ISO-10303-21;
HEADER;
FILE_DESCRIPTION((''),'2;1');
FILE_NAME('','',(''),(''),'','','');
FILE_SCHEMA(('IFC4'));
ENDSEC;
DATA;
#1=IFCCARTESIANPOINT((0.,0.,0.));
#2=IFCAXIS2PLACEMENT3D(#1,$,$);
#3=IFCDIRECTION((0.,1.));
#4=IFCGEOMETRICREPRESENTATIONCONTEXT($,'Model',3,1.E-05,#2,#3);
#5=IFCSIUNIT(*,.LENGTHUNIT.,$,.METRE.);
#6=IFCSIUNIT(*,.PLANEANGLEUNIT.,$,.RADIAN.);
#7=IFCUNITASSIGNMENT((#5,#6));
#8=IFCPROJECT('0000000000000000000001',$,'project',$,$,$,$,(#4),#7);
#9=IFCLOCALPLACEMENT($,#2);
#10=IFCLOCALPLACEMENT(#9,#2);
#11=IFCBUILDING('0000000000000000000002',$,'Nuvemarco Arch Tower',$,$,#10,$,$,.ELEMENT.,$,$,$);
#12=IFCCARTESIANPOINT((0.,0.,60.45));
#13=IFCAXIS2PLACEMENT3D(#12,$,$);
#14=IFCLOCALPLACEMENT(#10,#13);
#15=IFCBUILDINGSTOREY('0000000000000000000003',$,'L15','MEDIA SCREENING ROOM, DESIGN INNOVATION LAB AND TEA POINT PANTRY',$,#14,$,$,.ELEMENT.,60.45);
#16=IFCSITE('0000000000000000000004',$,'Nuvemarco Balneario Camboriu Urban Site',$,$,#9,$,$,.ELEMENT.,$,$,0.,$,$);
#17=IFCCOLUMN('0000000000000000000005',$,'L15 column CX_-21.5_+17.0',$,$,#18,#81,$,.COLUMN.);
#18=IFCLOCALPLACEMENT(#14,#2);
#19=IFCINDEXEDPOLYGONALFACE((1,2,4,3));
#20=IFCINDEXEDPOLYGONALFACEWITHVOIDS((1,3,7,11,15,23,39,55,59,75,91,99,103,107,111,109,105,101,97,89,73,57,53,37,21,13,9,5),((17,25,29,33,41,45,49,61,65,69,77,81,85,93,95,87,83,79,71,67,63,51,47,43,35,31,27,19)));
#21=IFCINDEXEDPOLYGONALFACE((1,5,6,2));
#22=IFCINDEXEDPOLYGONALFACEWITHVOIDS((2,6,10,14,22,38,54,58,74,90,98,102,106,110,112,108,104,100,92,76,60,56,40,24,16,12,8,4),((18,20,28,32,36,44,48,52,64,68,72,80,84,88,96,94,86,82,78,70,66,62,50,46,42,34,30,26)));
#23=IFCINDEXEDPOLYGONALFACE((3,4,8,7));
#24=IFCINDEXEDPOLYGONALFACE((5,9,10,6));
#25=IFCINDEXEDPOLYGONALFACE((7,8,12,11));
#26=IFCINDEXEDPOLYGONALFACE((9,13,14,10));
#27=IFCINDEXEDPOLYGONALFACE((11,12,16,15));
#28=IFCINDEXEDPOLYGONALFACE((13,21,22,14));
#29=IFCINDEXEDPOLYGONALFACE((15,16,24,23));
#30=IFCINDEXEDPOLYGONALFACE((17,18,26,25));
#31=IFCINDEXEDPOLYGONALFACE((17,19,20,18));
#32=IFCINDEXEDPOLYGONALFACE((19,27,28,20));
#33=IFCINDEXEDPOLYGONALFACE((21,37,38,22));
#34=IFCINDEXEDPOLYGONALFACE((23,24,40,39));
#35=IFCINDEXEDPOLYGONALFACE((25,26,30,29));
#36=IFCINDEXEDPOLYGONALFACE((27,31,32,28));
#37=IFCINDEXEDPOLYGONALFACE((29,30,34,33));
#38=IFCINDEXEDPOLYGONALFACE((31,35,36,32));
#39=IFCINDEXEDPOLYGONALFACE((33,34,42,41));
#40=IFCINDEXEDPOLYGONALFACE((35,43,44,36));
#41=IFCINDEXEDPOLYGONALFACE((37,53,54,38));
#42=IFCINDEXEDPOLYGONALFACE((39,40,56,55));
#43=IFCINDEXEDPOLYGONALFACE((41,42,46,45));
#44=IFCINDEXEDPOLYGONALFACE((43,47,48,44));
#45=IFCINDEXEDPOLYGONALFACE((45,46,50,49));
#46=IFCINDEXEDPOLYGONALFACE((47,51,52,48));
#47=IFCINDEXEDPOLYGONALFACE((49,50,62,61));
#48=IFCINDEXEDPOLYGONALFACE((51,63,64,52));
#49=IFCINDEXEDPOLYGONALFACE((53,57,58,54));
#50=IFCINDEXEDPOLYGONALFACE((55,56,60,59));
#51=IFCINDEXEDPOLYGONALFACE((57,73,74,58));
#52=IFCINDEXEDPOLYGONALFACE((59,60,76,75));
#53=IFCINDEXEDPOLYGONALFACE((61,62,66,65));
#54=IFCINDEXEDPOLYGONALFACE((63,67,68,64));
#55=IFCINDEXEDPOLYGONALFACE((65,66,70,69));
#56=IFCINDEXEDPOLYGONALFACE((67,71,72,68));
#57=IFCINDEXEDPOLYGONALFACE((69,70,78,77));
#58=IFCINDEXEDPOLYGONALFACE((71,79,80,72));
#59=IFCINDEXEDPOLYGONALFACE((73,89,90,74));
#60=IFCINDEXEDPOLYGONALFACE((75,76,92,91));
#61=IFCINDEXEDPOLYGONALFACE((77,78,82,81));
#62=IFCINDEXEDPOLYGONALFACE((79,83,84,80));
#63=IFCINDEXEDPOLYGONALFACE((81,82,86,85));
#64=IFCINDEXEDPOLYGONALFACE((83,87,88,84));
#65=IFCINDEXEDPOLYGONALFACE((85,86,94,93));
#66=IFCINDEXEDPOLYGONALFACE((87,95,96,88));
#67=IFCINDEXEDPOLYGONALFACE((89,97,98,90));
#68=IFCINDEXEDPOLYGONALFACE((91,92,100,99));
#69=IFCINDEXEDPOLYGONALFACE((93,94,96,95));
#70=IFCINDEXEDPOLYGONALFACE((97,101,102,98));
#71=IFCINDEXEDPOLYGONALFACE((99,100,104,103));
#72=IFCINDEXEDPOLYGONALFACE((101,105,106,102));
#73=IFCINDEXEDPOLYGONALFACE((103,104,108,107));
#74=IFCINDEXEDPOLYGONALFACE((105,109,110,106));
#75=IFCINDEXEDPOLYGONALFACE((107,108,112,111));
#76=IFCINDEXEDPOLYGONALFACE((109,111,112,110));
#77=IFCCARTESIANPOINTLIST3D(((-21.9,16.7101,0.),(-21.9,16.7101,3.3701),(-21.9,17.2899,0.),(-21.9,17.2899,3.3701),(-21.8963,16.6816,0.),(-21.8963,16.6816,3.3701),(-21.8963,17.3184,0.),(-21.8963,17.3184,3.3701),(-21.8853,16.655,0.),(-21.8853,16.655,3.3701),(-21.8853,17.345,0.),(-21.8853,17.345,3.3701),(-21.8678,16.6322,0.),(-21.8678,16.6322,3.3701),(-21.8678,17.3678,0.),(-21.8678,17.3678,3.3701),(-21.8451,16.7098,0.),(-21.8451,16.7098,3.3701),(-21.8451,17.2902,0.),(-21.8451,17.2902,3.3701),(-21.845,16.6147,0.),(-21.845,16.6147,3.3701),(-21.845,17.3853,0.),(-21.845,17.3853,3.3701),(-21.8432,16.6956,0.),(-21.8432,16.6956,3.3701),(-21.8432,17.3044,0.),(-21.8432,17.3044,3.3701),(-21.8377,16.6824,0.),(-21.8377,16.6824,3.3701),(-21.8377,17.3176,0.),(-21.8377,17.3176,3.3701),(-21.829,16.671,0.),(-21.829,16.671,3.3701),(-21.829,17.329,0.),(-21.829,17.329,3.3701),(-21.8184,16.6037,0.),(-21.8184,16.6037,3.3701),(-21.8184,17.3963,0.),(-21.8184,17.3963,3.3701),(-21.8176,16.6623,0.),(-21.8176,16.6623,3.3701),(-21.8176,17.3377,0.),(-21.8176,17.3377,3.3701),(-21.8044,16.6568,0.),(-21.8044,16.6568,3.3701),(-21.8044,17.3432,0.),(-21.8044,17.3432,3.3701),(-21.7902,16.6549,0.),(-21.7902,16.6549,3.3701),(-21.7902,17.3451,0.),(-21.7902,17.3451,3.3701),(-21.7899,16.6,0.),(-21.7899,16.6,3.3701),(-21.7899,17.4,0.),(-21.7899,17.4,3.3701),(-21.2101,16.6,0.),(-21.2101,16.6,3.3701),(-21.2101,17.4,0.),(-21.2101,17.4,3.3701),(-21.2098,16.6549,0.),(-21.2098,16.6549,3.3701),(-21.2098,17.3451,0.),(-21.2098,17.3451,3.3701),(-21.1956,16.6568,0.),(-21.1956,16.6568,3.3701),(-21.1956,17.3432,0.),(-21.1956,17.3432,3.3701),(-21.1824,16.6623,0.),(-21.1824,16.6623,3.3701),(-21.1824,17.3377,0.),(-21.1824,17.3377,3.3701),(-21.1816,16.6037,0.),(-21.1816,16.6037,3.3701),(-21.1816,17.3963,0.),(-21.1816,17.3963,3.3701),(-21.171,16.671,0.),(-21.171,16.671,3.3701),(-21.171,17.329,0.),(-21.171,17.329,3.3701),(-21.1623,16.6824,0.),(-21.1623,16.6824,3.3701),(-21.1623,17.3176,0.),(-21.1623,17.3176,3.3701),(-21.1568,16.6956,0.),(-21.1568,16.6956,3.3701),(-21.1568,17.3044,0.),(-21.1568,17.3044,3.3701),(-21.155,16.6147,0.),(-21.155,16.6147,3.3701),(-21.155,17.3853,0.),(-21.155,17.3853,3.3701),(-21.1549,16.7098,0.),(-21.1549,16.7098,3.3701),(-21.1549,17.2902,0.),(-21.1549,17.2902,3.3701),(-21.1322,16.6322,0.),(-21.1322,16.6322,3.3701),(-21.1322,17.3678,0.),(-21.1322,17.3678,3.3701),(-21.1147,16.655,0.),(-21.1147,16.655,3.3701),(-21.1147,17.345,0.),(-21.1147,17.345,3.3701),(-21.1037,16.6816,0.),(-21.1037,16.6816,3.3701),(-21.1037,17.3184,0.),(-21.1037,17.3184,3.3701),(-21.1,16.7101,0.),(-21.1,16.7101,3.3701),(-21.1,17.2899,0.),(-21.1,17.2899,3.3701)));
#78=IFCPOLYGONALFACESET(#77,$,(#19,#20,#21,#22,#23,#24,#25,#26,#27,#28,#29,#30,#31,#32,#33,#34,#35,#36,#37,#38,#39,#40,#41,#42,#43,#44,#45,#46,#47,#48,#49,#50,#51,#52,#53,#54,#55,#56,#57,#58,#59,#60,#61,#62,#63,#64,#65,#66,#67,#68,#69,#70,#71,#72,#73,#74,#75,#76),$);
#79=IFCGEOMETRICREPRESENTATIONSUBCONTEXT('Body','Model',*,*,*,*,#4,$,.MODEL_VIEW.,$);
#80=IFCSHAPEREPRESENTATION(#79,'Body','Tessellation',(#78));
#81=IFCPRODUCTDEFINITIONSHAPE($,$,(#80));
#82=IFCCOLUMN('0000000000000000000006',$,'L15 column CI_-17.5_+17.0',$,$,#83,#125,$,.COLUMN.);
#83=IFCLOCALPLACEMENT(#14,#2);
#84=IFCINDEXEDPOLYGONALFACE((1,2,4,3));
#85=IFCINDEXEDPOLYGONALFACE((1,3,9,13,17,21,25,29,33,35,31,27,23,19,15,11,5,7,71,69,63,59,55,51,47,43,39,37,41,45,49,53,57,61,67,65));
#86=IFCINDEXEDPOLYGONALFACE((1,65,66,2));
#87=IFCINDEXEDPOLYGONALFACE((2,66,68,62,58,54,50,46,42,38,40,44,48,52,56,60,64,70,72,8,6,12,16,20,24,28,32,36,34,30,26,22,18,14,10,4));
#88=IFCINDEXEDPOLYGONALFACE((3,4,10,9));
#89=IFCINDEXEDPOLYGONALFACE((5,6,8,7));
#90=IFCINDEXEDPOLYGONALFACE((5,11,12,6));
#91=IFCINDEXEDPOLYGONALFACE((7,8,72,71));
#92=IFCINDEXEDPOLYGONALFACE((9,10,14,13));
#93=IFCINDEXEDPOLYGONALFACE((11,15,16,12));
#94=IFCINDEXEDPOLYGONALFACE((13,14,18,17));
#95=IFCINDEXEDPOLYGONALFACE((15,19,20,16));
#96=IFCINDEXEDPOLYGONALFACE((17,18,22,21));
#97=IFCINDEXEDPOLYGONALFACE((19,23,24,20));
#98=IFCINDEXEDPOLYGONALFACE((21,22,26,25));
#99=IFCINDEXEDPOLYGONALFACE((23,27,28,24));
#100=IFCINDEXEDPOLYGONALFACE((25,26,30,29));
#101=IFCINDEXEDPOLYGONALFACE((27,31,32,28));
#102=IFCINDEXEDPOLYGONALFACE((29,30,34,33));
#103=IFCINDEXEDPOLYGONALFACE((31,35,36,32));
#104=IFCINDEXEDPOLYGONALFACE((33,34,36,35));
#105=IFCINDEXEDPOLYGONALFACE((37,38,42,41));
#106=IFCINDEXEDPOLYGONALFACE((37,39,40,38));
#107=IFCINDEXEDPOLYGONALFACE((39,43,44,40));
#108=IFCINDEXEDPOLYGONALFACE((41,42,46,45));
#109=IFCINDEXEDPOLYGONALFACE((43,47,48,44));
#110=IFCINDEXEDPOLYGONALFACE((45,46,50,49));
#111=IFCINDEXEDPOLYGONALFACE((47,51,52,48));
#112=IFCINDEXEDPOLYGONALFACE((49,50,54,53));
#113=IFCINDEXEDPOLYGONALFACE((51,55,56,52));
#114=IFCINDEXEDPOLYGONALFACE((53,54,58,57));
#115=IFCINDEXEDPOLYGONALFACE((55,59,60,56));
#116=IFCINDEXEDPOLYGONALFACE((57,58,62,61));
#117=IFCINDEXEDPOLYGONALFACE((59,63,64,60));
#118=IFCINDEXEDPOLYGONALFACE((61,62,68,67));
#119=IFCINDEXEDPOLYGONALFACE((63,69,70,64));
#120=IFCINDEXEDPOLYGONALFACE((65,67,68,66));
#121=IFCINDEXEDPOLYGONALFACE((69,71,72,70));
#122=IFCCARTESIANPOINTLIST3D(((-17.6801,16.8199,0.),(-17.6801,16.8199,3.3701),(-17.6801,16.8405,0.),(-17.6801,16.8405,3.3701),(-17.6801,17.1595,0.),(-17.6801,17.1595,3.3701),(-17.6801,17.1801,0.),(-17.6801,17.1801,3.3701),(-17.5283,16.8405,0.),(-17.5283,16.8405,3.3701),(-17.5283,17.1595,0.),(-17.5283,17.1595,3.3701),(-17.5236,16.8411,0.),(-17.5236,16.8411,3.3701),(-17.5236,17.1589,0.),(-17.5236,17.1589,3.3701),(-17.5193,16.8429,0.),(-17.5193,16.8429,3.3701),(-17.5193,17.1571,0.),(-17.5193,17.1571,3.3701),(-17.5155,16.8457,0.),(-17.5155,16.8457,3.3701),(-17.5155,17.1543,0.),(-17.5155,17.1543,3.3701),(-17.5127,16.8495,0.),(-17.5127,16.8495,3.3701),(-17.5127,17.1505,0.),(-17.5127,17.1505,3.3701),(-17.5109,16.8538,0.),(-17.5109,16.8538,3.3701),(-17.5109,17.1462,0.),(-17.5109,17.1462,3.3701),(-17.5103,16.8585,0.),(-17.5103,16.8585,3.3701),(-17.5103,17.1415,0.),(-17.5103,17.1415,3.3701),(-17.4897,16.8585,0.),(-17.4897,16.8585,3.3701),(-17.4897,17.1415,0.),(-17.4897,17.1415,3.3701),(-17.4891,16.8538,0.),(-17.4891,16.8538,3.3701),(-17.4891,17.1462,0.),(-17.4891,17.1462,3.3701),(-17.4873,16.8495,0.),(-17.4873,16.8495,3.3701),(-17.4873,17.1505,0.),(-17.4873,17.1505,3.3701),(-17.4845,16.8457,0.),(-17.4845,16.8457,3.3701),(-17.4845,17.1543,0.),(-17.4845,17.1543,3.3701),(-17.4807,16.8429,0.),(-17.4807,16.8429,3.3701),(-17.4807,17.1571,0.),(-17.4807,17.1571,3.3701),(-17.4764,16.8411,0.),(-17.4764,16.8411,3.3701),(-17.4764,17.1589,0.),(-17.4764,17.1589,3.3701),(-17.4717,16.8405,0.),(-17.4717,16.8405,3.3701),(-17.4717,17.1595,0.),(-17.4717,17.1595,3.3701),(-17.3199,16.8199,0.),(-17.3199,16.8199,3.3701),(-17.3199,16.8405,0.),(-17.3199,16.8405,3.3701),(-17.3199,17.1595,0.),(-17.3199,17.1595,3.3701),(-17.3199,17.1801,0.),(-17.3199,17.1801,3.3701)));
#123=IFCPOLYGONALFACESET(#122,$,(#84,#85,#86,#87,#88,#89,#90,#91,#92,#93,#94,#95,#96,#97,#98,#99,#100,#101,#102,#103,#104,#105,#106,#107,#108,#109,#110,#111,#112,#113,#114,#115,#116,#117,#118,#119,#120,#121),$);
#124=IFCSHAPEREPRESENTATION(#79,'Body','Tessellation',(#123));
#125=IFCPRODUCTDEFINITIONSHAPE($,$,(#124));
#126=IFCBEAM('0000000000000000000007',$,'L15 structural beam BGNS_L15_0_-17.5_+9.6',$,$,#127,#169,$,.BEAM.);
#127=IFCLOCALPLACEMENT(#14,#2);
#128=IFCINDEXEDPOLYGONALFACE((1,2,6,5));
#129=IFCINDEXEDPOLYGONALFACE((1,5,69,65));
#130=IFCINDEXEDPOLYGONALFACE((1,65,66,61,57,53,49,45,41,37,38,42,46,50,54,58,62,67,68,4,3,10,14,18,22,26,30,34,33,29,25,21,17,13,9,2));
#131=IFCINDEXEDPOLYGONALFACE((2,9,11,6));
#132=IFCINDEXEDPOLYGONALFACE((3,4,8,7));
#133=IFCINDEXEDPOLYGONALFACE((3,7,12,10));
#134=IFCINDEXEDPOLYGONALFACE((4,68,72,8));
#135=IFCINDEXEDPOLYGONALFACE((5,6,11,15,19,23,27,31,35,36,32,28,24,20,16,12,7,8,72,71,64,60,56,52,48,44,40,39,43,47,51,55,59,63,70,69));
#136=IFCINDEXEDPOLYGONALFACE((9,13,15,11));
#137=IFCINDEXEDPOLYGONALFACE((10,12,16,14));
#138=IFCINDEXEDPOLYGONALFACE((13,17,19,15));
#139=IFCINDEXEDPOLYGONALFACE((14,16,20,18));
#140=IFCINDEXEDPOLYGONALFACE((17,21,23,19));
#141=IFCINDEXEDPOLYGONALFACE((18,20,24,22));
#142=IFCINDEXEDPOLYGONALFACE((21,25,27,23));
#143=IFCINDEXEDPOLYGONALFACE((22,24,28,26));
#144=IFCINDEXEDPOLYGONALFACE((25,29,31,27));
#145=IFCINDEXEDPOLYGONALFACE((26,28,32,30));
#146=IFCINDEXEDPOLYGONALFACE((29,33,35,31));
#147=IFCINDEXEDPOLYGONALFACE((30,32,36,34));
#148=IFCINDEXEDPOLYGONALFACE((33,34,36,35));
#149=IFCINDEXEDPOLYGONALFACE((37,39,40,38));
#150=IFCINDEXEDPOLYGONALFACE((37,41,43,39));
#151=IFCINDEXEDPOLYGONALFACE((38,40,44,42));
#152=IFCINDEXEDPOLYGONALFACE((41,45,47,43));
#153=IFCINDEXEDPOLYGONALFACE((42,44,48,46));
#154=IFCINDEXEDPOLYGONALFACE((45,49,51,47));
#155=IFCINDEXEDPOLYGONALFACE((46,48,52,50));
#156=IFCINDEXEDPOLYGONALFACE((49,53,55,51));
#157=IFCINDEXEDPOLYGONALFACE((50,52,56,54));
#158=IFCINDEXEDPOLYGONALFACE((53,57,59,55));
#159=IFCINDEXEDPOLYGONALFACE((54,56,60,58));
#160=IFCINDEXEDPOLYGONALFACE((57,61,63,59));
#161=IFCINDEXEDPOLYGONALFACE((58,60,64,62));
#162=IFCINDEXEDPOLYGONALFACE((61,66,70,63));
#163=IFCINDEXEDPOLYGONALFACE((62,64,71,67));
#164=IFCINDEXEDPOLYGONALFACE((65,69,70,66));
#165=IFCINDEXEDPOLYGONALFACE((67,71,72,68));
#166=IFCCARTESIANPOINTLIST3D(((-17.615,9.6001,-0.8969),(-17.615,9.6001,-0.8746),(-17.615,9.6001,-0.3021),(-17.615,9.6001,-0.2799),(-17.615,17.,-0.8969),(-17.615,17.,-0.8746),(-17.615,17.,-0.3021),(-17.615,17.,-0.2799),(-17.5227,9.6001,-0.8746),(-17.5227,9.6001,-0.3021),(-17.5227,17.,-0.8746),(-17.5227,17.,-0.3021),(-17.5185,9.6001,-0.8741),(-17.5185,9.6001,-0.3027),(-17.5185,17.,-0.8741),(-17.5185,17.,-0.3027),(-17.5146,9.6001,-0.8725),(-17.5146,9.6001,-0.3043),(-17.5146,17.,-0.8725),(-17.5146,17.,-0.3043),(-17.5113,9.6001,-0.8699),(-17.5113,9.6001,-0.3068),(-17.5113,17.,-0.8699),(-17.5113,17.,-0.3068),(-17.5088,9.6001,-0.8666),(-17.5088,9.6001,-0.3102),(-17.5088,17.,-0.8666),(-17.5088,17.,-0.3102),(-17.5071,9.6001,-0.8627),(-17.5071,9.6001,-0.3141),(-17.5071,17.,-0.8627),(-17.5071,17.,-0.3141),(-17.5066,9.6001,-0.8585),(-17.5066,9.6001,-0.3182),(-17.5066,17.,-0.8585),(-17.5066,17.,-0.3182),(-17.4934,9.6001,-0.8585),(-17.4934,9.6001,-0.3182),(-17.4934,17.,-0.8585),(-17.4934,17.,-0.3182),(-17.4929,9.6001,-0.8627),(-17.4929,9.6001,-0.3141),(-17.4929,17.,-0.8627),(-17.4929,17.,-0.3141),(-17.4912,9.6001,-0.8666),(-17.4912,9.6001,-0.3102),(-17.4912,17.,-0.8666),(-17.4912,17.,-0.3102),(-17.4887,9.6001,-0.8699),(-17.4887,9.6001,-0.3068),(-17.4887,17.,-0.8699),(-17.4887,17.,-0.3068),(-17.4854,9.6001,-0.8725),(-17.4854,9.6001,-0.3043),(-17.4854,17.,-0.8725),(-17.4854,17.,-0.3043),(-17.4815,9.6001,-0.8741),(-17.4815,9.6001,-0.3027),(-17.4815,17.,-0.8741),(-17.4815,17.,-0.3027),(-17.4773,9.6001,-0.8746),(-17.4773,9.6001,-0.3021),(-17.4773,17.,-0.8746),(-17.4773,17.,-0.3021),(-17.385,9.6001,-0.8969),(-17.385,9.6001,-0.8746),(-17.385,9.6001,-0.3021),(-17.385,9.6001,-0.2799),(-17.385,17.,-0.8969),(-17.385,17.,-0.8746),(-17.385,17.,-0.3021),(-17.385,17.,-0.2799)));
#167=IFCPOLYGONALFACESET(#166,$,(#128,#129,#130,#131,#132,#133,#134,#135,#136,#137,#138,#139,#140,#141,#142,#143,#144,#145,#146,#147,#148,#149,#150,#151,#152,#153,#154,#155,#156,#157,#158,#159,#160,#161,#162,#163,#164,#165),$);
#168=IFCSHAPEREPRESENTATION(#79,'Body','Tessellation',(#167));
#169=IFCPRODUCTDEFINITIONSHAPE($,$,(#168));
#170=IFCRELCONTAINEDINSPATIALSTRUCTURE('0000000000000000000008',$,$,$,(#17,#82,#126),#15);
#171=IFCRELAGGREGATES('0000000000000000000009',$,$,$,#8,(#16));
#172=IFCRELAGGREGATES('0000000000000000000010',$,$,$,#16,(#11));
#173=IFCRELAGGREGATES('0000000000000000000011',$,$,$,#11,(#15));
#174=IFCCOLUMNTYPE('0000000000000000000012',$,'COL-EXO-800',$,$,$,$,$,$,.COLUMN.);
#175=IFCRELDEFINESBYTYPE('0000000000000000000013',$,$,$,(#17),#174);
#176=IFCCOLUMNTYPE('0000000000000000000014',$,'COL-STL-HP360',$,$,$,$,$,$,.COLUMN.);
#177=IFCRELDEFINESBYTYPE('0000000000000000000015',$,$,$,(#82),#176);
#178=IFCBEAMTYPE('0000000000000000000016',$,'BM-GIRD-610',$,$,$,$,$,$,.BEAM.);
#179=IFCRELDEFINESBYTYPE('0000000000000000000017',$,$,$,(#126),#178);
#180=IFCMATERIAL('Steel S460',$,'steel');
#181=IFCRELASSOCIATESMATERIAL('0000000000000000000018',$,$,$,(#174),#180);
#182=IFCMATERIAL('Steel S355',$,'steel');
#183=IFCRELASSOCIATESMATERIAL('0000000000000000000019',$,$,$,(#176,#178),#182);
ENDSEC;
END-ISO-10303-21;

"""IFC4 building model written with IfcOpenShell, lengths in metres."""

from ifc_helpers import new_model, si_unit, direction, frame, origin, origin_2d, place, context, subcontext, project, spatial, hollow_rectangle, i_section, extrude, material, material_profile, profile_set, type_object, element, save


model = new_model("IFC4")

# Units and contexts
model_context = context("Model", 3, precision=1e-05, world=origin(), true_north=direction((0.0, 1.0)))
body_context = subcontext(model_context, "Body", "Model", "MODEL_VIEW")
ifc_project = project(units=[si_unit("LENGTHUNIT", "METRE"), si_unit("PLANEANGLEUNIT", "RADIAN")], contexts=[model_context])

# Site, building, storey
site_placement = place(None, origin())
site = spatial("IfcSite", under=ifc_project, at=site_placement, Name="Nuvemarco Balneario Camboriu Urban Site", CompositionType="ELEMENT", RefElevation=0.0)
building_placement = place(site_placement, origin())
building = spatial("IfcBuilding", under=site, at=building_placement, Name="Nuvemarco Arch Tower", CompositionType="ELEMENT")
storey_placement = place(building_placement, frame((0.0, 0.0, 60.45)))
storey = spatial("IfcBuildingStorey", under=building, at=storey_placement, Name="L15", Description="MEDIA SCREENING ROOM, DESIGN INNOVATION LAB AND TEA POINT PANTRY", CompositionType="ELEMENT", Elevation=60.45)

# Columns
ifc_material_1 = material(Name="Steel S460", Category="steel")
ifc_material_profile_1 = material_profile(ifc_material_1, hollow_rectangle(XDim=0.8, YDim=0.8, WallThickness=0.0549, InnerFilletRadius=0.0549, OuterFilletRadius=0.1101, at=origin_2d()), Name="SHS800x800x55")
ifc_profile_set_1 = profile_set([ifc_material_profile_1], Name="Steel S460")
column_type_1 = type_object("IfcColumnType", Name="COL-EXO-800", PredefinedType="COLUMN", material=ifc_profile_set_1)
column_1_placement = place(storey_placement, frame((-21.5, 17.0, 0.0), z_axis=(0.0, 0.0, 1.0), x_axis=(1.0, 0.0, 0.0)))
element("IfcColumn", 1, at=column_1_placement, inside=storey, type_object=column_type_1, Name="L15 column CX_-21.5_+17.0", PredefinedType="COLUMN", context=body_context, shape_type="SweptSolid", body=[
    extrude(hollow_rectangle(XDim=0.8, YDim=0.8, WallThickness=0.0549, InnerFilletRadius=0.0549, OuterFilletRadius=0.1101, at=origin_2d()), origin(), (0.0, 0.0, 1.0), 3.3701),
])
ifc_material_2 = material(Name="Steel S355", Category="steel")
ifc_material_profile_2 = material_profile(ifc_material_2, i_section(OverallWidth=0.3601, OverallDepth=0.3601, WebThickness=0.0205, FlangeThickness=0.0205, FilletRadius=0.0181, at=origin_2d()), Name="HP360x174")
ifc_profile_set_2 = profile_set([ifc_material_profile_2], Name="Steel S355")
column_type_2 = type_object("IfcColumnType", Name="COL-STL-HP360", PredefinedType="COLUMN", material=ifc_profile_set_2)
column_2_placement = place(storey_placement, frame((-17.5, 17.0, 0.0), z_axis=(0.0, 0.0, 1.0), x_axis=(1.0, 0.0, 0.0)))
element("IfcColumn", 2, at=column_2_placement, inside=storey, type_object=column_type_2, Name="L15 column CI_-17.5_+17.0", PredefinedType="COLUMN", context=body_context, shape_type="SweptSolid", body=[
    extrude(i_section(OverallWidth=0.3601, OverallDepth=0.3601, WebThickness=0.0205, FlangeThickness=0.0205, FilletRadius=0.0181, at=origin_2d()), origin(), (0.0, 0.0, 1.0), 3.3701),
])

# Beam
ifc_material_profile_3 = material_profile(ifc_material_2, i_section(OverallWidth=0.23, OverallDepth=0.6169, WebThickness=0.0132, FlangeThickness=0.0222, FilletRadius=0.0161, at=origin_2d()), Name="W610x140")
ifc_profile_set_3 = profile_set([ifc_material_profile_3], Name="Steel S355")
beam_type_1 = type_object("IfcBeamType", Name="BM-GIRD-610", PredefinedType="BEAM", material=ifc_profile_set_3)
beam_1_placement = place(storey_placement, frame((-17.5, 9.6001, -0.5884), z_axis=(0.0, 1.0, 0.0), x_axis=(-1.0, 0.0, 0.0)))
element("IfcBeam", 3, at=beam_1_placement, inside=storey, type_object=beam_type_1, Name="L15 structural beam BGNS_L15_0_-17.5_+9.6", PredefinedType="BEAM", context=body_context, shape_type="SweptSolid", body=[
    extrude(i_section(OverallWidth=0.23, OverallDepth=0.6169, WebThickness=0.0132, FlangeThickness=0.0222, FilletRadius=0.0161, at=origin_2d()), origin(), (0.0, 0.0, 1.0), 7.3999),
])

save(model, "model.ifc")
